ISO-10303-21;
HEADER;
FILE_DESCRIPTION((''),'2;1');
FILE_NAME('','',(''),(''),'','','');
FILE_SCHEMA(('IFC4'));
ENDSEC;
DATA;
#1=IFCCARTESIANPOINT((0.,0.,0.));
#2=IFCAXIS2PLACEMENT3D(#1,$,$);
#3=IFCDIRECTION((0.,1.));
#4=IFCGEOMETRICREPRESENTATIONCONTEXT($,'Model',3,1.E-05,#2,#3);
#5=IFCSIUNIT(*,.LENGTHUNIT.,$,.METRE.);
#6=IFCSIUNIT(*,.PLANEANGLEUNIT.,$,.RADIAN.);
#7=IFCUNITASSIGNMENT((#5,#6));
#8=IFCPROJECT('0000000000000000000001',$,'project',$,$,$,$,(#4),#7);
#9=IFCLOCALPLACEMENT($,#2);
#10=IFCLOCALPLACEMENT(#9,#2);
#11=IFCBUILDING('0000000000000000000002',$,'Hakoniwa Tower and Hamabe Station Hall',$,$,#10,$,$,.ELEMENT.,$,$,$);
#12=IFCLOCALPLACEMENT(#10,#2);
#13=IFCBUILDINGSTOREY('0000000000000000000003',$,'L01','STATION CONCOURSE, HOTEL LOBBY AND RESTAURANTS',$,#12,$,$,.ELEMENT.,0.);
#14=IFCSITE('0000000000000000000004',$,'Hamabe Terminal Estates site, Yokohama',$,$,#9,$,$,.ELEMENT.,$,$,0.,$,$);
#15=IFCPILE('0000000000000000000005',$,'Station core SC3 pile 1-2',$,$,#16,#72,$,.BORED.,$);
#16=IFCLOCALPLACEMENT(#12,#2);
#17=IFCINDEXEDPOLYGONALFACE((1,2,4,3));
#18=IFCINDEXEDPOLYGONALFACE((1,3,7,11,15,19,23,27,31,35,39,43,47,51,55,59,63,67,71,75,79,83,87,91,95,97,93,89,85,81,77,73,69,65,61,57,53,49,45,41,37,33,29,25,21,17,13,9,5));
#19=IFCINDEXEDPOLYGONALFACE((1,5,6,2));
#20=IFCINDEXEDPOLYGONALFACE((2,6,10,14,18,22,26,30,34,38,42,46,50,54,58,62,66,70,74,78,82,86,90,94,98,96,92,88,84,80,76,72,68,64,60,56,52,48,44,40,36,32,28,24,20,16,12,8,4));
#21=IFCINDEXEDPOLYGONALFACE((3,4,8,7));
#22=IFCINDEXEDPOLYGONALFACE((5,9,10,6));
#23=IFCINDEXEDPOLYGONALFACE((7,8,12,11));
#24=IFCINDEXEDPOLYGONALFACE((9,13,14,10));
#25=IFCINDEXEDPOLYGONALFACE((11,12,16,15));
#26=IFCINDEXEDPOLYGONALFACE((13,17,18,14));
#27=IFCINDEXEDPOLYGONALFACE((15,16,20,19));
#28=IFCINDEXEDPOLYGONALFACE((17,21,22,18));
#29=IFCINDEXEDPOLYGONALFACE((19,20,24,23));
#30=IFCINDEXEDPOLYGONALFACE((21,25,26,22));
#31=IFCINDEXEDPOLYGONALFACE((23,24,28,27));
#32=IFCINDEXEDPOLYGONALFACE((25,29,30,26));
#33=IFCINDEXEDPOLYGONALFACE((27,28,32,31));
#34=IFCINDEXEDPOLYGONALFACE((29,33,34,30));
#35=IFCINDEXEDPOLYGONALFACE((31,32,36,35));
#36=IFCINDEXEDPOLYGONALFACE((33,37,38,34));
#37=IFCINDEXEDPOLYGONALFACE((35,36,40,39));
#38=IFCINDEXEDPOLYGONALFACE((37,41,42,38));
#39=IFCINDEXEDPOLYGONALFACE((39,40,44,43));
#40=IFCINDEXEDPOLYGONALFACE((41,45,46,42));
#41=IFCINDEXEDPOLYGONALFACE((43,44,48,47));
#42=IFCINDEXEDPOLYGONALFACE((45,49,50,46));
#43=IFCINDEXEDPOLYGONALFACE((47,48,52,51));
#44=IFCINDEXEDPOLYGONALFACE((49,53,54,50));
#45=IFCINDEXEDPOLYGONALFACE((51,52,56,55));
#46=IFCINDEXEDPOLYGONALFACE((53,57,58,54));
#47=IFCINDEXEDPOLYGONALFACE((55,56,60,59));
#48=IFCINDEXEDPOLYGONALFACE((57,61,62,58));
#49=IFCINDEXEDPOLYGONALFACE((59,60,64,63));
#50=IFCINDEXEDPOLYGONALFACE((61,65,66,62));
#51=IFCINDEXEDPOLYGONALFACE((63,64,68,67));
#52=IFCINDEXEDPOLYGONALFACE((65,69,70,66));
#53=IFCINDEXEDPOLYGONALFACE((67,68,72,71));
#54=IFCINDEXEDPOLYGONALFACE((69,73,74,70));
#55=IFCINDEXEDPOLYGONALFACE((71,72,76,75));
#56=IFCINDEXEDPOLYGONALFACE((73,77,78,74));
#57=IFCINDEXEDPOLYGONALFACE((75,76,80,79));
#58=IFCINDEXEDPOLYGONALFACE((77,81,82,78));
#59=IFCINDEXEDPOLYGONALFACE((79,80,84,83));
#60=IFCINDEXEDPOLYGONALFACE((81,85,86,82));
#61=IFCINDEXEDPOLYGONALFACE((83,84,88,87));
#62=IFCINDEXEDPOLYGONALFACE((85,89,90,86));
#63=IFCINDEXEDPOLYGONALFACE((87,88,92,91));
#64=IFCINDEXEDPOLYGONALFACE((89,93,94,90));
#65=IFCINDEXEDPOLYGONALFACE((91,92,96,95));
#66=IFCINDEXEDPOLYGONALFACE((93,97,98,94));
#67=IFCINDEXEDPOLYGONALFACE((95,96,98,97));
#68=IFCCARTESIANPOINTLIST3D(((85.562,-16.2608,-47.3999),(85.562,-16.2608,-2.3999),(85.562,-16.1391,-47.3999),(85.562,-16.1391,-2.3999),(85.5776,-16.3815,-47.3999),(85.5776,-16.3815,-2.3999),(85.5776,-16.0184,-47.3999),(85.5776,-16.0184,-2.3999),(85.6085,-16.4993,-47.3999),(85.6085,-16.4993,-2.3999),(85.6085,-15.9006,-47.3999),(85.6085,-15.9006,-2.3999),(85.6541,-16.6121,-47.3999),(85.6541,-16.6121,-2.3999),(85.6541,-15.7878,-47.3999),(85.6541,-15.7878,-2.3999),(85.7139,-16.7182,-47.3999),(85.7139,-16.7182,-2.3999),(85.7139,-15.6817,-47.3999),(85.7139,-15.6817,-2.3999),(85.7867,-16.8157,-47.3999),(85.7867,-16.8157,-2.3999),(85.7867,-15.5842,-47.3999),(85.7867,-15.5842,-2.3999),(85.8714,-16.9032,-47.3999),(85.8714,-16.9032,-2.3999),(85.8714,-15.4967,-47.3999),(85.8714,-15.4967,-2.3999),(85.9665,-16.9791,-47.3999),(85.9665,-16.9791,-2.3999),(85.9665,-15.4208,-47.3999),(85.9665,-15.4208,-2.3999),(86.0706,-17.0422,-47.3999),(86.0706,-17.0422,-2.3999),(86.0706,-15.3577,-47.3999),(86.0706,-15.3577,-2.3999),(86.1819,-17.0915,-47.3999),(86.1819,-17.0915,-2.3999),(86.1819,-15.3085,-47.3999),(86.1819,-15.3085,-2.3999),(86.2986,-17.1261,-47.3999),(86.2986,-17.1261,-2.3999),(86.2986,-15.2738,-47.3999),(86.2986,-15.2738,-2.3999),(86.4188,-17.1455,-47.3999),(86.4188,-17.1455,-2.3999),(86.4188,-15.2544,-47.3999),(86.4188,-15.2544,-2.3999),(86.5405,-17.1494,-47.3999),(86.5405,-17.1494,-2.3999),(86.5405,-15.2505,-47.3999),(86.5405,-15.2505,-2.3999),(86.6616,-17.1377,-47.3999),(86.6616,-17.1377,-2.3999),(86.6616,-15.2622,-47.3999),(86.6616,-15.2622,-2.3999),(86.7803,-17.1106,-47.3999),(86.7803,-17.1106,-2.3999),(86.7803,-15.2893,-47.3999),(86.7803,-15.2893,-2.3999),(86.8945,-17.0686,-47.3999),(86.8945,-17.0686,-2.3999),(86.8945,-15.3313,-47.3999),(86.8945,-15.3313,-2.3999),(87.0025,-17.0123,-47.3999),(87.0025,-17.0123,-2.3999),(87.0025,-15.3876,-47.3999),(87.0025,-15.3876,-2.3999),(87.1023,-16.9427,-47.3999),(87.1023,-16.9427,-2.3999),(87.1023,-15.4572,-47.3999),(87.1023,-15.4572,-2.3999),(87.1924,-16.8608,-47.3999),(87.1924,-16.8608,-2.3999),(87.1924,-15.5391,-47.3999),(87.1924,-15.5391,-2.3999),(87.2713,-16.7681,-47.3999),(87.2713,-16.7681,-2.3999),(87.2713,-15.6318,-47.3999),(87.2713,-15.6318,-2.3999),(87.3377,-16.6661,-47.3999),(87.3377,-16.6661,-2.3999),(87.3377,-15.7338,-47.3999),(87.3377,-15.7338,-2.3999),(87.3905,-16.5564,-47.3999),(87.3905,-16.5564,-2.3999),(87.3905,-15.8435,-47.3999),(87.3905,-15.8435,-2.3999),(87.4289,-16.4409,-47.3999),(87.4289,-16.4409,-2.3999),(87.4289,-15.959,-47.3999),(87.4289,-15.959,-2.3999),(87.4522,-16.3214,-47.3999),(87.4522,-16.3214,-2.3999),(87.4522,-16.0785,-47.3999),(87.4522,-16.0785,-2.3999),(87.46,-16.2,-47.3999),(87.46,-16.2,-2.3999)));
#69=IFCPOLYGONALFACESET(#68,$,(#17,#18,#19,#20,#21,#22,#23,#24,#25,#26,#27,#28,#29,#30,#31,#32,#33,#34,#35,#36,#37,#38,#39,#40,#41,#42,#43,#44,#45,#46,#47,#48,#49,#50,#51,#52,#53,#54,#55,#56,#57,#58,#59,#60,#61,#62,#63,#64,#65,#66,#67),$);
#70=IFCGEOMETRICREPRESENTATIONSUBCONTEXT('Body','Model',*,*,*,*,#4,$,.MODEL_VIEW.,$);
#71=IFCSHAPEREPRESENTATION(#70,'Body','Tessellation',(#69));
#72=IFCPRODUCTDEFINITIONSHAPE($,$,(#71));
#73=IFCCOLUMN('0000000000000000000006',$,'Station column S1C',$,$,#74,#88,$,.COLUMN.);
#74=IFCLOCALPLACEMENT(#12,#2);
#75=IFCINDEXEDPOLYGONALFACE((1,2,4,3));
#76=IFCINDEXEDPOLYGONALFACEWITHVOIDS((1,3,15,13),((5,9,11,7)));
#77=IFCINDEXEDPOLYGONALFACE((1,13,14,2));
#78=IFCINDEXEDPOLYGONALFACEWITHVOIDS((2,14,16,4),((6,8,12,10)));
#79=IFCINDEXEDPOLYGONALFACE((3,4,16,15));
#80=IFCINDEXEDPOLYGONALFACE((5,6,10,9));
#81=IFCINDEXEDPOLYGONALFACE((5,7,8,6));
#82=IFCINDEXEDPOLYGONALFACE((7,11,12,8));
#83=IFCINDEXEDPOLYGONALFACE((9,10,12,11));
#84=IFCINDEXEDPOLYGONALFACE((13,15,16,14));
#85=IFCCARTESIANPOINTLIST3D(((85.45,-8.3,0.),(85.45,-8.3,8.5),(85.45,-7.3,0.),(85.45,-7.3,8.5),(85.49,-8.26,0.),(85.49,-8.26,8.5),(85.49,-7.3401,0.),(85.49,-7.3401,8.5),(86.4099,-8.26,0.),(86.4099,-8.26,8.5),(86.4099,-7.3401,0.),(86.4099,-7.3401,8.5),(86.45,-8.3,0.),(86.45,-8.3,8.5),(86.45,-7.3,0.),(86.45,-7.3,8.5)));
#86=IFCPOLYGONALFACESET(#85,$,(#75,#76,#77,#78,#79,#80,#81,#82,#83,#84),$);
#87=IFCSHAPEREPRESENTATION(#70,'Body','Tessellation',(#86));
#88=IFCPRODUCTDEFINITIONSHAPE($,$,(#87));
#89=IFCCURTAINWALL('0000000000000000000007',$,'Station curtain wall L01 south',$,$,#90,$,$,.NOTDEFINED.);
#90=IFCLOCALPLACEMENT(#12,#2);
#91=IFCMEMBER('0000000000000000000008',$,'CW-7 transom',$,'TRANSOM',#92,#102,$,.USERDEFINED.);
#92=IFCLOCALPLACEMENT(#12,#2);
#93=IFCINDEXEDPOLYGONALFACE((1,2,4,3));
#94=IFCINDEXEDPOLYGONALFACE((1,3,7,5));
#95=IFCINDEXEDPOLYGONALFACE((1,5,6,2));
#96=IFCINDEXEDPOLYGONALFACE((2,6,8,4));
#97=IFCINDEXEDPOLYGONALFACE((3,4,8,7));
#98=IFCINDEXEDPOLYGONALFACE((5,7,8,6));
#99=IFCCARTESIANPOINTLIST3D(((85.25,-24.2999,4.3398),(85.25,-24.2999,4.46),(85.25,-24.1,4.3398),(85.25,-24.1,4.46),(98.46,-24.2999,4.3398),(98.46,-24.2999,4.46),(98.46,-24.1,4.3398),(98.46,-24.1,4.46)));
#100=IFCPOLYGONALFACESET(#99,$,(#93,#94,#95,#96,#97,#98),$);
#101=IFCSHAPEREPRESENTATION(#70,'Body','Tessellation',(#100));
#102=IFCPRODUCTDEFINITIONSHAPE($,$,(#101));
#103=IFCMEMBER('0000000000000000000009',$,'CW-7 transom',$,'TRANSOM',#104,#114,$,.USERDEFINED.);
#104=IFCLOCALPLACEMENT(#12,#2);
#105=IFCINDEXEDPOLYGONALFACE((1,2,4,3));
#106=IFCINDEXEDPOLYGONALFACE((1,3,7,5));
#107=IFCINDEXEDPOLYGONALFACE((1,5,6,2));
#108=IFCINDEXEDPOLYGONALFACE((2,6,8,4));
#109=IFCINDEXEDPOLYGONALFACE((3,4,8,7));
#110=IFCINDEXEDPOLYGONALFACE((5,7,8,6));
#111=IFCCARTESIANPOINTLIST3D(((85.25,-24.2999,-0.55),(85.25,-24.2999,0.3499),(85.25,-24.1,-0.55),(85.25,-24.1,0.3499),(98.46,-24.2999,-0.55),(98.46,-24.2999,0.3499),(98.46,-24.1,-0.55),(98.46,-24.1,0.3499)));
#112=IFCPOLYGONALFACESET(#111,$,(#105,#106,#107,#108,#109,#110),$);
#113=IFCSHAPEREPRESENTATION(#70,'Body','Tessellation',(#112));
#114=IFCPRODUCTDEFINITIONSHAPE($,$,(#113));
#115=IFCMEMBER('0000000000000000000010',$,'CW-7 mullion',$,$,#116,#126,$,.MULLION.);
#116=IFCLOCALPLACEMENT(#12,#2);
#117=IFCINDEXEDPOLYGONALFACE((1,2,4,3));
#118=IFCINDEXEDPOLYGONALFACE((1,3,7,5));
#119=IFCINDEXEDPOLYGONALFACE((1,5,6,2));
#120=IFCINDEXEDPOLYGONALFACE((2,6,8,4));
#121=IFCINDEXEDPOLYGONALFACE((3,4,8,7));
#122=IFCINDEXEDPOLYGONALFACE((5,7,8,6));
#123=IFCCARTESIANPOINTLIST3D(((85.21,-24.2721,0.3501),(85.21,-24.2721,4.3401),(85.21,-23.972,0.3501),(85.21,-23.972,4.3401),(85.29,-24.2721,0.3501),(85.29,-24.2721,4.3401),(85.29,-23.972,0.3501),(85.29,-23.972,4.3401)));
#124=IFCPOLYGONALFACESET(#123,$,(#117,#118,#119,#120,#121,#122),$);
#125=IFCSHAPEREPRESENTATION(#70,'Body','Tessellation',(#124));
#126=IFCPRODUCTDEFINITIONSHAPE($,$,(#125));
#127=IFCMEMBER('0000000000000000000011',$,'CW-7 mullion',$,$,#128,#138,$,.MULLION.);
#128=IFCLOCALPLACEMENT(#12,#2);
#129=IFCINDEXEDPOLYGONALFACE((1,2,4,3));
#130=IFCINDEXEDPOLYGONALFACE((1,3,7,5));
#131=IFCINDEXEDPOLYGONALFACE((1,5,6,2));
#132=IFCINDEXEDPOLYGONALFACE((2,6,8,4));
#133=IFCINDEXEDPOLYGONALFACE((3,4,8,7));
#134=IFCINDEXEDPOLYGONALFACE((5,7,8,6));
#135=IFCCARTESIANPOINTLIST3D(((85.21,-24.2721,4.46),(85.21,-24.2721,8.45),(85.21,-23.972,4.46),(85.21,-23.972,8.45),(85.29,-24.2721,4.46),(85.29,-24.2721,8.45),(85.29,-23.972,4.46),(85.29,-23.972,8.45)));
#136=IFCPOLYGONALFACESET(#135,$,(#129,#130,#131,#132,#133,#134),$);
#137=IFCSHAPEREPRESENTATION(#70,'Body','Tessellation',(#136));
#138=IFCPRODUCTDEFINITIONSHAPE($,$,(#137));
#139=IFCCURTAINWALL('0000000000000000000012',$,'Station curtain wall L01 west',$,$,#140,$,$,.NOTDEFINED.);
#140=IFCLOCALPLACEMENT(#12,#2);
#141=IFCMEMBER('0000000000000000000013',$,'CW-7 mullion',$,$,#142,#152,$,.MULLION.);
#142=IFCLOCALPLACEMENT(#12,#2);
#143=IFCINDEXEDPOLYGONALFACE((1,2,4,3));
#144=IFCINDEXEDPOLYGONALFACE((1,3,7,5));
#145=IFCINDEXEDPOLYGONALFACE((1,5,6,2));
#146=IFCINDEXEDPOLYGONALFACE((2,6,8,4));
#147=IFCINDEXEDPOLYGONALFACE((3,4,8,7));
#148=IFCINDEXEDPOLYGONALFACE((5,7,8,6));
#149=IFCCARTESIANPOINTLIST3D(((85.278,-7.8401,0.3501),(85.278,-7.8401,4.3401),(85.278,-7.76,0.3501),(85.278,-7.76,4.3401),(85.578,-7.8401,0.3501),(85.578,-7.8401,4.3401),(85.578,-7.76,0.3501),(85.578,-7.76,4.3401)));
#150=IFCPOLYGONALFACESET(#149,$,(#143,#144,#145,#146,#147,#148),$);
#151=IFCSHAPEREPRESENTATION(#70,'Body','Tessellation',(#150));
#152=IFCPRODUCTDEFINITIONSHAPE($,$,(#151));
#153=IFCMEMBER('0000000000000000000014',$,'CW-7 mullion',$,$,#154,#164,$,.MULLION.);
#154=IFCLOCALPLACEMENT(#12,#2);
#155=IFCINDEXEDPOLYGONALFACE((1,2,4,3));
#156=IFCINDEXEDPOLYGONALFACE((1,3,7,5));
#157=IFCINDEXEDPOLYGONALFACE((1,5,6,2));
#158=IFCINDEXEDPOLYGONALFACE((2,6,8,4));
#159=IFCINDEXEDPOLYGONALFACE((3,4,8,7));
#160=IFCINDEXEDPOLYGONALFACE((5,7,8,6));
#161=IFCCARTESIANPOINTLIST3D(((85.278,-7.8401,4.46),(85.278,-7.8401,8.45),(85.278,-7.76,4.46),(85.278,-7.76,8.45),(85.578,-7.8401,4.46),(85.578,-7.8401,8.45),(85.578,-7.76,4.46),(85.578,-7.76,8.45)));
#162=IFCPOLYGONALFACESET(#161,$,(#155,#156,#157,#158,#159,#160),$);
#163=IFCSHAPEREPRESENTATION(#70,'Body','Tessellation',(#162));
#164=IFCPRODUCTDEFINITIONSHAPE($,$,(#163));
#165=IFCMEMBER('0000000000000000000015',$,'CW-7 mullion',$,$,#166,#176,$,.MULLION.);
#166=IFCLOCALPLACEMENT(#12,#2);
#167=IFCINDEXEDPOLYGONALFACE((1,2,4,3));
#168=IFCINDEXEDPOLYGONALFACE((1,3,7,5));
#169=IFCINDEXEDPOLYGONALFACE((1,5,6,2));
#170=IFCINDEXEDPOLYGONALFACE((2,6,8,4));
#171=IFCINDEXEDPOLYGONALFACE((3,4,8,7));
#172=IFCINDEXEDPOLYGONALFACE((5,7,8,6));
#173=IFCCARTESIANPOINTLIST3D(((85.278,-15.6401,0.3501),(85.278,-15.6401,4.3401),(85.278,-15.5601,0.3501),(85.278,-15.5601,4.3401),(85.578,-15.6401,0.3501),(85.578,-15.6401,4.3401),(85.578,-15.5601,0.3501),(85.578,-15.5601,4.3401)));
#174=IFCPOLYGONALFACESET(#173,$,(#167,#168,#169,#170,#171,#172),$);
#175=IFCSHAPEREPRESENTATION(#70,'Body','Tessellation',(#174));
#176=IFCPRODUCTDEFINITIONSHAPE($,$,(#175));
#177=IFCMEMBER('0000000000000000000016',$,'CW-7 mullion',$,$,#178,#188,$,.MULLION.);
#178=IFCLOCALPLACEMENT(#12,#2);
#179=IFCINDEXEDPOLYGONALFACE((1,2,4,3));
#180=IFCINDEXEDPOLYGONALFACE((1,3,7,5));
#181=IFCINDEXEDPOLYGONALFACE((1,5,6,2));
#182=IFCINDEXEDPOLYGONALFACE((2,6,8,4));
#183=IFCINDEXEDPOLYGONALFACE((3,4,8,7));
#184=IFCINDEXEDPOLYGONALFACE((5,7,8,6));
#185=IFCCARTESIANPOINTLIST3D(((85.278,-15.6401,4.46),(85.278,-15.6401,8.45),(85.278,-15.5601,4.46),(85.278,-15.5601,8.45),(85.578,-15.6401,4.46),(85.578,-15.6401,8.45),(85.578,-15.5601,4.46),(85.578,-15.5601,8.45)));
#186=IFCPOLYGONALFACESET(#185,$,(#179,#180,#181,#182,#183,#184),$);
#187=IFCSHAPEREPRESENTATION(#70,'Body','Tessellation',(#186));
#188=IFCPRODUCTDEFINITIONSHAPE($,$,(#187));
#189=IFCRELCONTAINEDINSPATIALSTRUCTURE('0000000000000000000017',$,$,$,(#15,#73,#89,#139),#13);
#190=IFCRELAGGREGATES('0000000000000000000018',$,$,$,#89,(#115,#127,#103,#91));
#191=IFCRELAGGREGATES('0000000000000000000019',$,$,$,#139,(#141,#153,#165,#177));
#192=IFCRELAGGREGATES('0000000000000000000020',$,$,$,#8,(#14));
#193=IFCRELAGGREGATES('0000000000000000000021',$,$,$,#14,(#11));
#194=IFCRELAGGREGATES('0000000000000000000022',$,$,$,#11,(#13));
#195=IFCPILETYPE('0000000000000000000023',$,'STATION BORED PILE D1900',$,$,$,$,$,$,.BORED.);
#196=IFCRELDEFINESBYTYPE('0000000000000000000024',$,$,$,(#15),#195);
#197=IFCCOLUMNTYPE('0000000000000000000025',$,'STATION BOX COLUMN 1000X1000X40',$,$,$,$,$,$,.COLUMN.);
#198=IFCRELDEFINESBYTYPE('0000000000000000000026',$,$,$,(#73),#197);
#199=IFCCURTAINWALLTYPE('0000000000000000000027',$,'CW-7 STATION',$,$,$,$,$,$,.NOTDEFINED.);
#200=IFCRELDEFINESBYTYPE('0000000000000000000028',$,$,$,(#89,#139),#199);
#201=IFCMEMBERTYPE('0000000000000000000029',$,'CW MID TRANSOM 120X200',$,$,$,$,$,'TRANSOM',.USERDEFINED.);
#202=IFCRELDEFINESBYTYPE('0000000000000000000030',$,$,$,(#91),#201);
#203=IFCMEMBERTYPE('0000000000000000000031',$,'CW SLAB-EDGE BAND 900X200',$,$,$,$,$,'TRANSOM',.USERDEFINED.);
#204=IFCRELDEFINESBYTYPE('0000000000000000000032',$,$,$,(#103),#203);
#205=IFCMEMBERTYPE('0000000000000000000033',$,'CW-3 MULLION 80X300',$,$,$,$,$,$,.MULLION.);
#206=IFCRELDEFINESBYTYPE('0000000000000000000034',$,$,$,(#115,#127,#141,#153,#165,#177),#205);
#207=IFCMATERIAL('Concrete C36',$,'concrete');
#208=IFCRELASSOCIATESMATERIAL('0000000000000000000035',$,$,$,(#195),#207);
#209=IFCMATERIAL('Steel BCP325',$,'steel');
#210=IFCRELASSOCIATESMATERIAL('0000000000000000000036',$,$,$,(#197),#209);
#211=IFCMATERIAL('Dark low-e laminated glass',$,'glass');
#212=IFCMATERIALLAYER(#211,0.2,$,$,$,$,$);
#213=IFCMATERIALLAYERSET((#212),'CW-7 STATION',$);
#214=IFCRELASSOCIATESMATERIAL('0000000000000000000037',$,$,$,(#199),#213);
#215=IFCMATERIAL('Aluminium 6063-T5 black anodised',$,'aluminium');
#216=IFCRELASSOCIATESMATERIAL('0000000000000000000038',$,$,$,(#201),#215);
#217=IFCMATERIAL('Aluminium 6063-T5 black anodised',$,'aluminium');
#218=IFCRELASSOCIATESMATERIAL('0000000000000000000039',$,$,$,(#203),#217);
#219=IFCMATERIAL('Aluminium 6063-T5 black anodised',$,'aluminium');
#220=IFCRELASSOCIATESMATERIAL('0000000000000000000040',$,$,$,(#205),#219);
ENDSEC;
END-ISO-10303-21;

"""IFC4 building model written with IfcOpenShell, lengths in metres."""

from ifc_helpers import new_model, si_unit, direction, frame, origin, origin_2d, place, context, subcontext, project, spatial, rectangle, hollow_rectangle, circle, extrude, material, layer, layer_set, material_profile, profile_set, type_object, element, aggregate, save


model = new_model("IFC4")

# Units and contexts
model_context = context("Model", 3, precision=1e-05, world=origin(), true_north=direction((0.0, 1.0)))
body_context = subcontext(model_context, "Body", "Model", "MODEL_VIEW")
ifc_project = project(units=[si_unit("LENGTHUNIT", "METRE"), si_unit("PLANEANGLEUNIT", "RADIAN")], contexts=[model_context])

# Site, building, storey
site_placement = place(None, origin())
site = spatial("IfcSite", under=ifc_project, at=site_placement, Name="Hamabe Terminal Estates site, Yokohama", CompositionType="ELEMENT", RefElevation=0.0)
building_placement = place(site_placement, origin())
building = spatial("IfcBuilding", under=site, at=building_placement, Name="Hakoniwa Tower and Hamabe Station Hall", CompositionType="ELEMENT")
storey_placement = place(building_placement, origin())
storey = spatial("IfcBuildingStorey", under=building, at=storey_placement, Name="L01", Description="STATION CONCOURSE, HOTEL LOBBY AND RESTAURANTS", CompositionType="ELEMENT", Elevation=0.0)

# Pile
ifc_material_1 = material(Name="Concrete C36", Category="concrete")
ifc_material_profile_1 = material_profile(ifc_material_1, circle(Radius=0.95, at=origin_2d()), Name="STATION BORED PILE D1900")
ifc_profile_set_1 = profile_set([ifc_material_profile_1], Name="Concrete C36")
pile_type_1 = type_object("IfcPileType", Name="STATION BORED PILE D1900", PredefinedType="BORED", material=ifc_profile_set_1)
for number, where, z_axis, x_axis, name in (
    (1, (86.51, -16.2, -2.3999), (0.0, 0.0, -1.0), (1.0, 0.0, 0.0), "Station core SC3 pile 1-2"),
):
    element("IfcPile", number, at=place(storey_placement, frame(where, z_axis=z_axis, x_axis=x_axis)), inside=storey, type_object=pile_type_1, Name=name, PredefinedType="BORED", context=body_context, shape_type="SweptSolid", body=[
        extrude(circle(Radius=0.95, at=origin_2d()), origin(), (0.0, 0.0, 1.0), 45.0),
    ])

# Column
ifc_material_2 = material(Name="Steel BCP325", Category="steel")
ifc_material_profile_2 = material_profile(ifc_material_2, hollow_rectangle(XDim=1.0, YDim=1.0, WallThickness=0.04, at=origin_2d()), Name="STATION BOX COLUMN 1000X1000X40")
ifc_profile_set_2 = profile_set([ifc_material_profile_2], Name="Steel BCP325")
column_type = type_object("IfcColumnType", Name="STATION BOX COLUMN 1000X1000X40", PredefinedType="COLUMN", material=ifc_profile_set_2)
column_placement = place(storey_placement, frame((85.95, -7.8, 0.0), z_axis=(0.0, 0.0, 1.0), x_axis=(1.0, 0.0, 0.0)))
element("IfcColumn", 2, at=column_placement, inside=storey, type_object=column_type, Name="Station column S1C", PredefinedType="COLUMN", context=body_context, shape_type="SweptSolid", body=[
    extrude(hollow_rectangle(XDim=1.0, YDim=1.0, WallThickness=0.04, at=origin_2d()), origin(), (0.0, 0.0, 1.0), 8.5),
])

# Curtain wall, members
ifc_material_3 = material(Name="Dark low-e laminated glass", Category="glass")
ifc_layer_1 = layer(ifc_material_3, 0.2)
ifc_layer_set_1 = layer_set([ifc_layer_1], Name="CW-7 STATION")
curtain_wall_type = type_object("IfcCurtainWallType", Name="CW-7 STATION", PredefinedType="NOTDEFINED", material=ifc_layer_set_1)
curtain_wall_1_placement = place(storey_placement, origin())
curtain_wall_1 = element("IfcCurtainWall", 3, at=curtain_wall_1_placement, inside=storey, type_object=curtain_wall_type, Name="Station curtain wall L01 south", PredefinedType="NOTDEFINED")
ifc_material_4 = material(Name="Aluminium 6063-T5 black anodised", Category="aluminium")
ifc_material_profile_3 = material_profile(ifc_material_4, rectangle(XDim=0.2, YDim=0.1201, at=origin_2d()), Name="CW MID TRANSOM 120X200")
ifc_profile_set_3 = profile_set([ifc_material_profile_3], Name="Aluminium 6063-T5 black anodised")
member_type_1 = type_object("IfcMemberType", Name="CW MID TRANSOM 120X200", ElementType="TRANSOM", PredefinedType="USERDEFINED", material=ifc_profile_set_3)
member_1_placement = place(storey_placement, frame((85.25, -24.2, 4.3999), z_axis=(1.0, 0.0, 0.0), x_axis=(0.0, 1.0, 0.0)))
member_1 = element("IfcMember", 4, at=member_1_placement, type_object=member_type_1, Name="CW-7 transom", ObjectType="TRANSOM", PredefinedType="USERDEFINED", context=body_context, shape_type="SweptSolid", body=[
    extrude(rectangle(XDim=0.2, YDim=0.1201, at=origin_2d()), origin(), (0.0, 0.0, 1.0), 13.21),
])
ifc_material_5 = material(Name="Aluminium 6063-T5 black anodised", Category="aluminium")
ifc_material_profile_4 = material_profile(ifc_material_5, rectangle(XDim=0.2, YDim=0.8999, at=origin_2d()), Name="CW SLAB-EDGE BAND 900X200")
ifc_profile_set_4 = profile_set([ifc_material_profile_4], Name="Aluminium 6063-T5 black anodised")
member_type_2 = type_object("IfcMemberType", Name="CW SLAB-EDGE BAND 900X200", ElementType="TRANSOM", PredefinedType="USERDEFINED", material=ifc_profile_set_4)
member_2_placement = place(storey_placement, frame((85.25, -24.2, -0.1001), z_axis=(1.0, 0.0, 0.0), x_axis=(0.0, 1.0, 0.0)))
member_2 = element("IfcMember", 5, at=member_2_placement, type_object=member_type_2, Name="CW-7 transom", ObjectType="TRANSOM", PredefinedType="USERDEFINED", context=body_context, shape_type="SweptSolid", body=[
    extrude(rectangle(XDim=0.2, YDim=0.8999, at=origin_2d()), origin(), (0.0, 0.0, 1.0), 13.21),
])
ifc_material_6 = material(Name="Aluminium 6063-T5 black anodised", Category="aluminium")
ifc_material_profile_5 = material_profile(ifc_material_6, rectangle(XDim=0.0801, YDim=0.3, at=origin_2d()), Name="CW-3 MULLION 80X300")
ifc_profile_set_5 = profile_set([ifc_material_profile_5], Name="Aluminium 6063-T5 black anodised")
member_type_3 = type_object("IfcMemberType", Name="CW-3 MULLION 80X300", PredefinedType="MULLION", material=ifc_profile_set_5)
member_3_placement = place(storey_placement, frame((85.25, -24.1221, 0.3501), z_axis=(0.0, 0.0, 1.0), x_axis=(1.0, 0.0, 0.0)))
member_3 = element("IfcMember", 6, at=member_3_placement, type_object=member_type_3, Name="CW-7 mullion", PredefinedType="MULLION", context=body_context, shape_type="SweptSolid", body=[
    extrude(rectangle(XDim=0.0801, YDim=0.3, at=origin_2d()), origin(), (0.0, 0.0, 1.0), 3.99),
])
member_4_placement = place(storey_placement, frame((85.25, -24.1221, 4.46), z_axis=(0.0, 0.0, 1.0), x_axis=(1.0, 0.0, 0.0)))
member_4 = element("IfcMember", 7, at=member_4_placement, type_object=member_type_3, Name="CW-7 mullion", PredefinedType="MULLION", context=body_context, shape_type="SweptSolid", body=[
    extrude(rectangle(XDim=0.0801, YDim=0.3, at=origin_2d()), origin(), (0.0, 0.0, 1.0), 3.99),
])
aggregate(curtain_wall_1, [member_3, member_4, member_2, member_1])

# Curtain wall, members
curtain_wall_2_placement = place(storey_placement, origin())
curtain_wall_2 = element("IfcCurtainWall", 8, at=curtain_wall_2_placement, inside=storey, type_object=curtain_wall_type, Name="Station curtain wall L01 west", PredefinedType="NOTDEFINED")
member_5_placement = place(storey_placement, frame((85.428, -7.8, 0.3501), z_axis=(0.0, 0.0, 1.0), x_axis=(0.0, -1.0, 0.0)))
member_5 = element("IfcMember", 9, at=member_5_placement, type_object=member_type_3, Name="CW-7 mullion", PredefinedType="MULLION", context=body_context, shape_type="SweptSolid", body=[
    extrude(rectangle(XDim=0.0801, YDim=0.3, at=origin_2d()), origin(), (0.0, 0.0, 1.0), 3.99),
])
member_6_placement = place(storey_placement, frame((85.428, -7.8, 4.46), z_axis=(0.0, 0.0, 1.0), x_axis=(0.0, -1.0, 0.0)))
member_6 = element("IfcMember", 10, at=member_6_placement, type_object=member_type_3, Name="CW-7 mullion", PredefinedType="MULLION", context=body_context, shape_type="SweptSolid", body=[
    extrude(rectangle(XDim=0.0801, YDim=0.3, at=origin_2d()), origin(), (0.0, 0.0, 1.0), 3.99),
])
member_7_placement = place(storey_placement, frame((85.428, -15.6001, 0.3501), z_axis=(0.0, 0.0, 1.0), x_axis=(0.0, -1.0, 0.0)))
member_7 = element("IfcMember", 11, at=member_7_placement, type_object=member_type_3, Name="CW-7 mullion", PredefinedType="MULLION", context=body_context, shape_type="SweptSolid", body=[
    extrude(rectangle(XDim=0.0801, YDim=0.3, at=origin_2d()), origin(), (0.0, 0.0, 1.0), 3.99),
])
member_8_placement = place(storey_placement, frame((85.428, -15.6001, 4.46), z_axis=(0.0, 0.0, 1.0), x_axis=(0.0, -1.0, 0.0)))
member_8 = element("IfcMember", 12, at=member_8_placement, type_object=member_type_3, Name="CW-7 mullion", PredefinedType="MULLION", context=body_context, shape_type="SweptSolid", body=[
    extrude(rectangle(XDim=0.0801, YDim=0.3, at=origin_2d()), origin(), (0.0, 0.0, 1.0), 3.99),
])
aggregate(curtain_wall_2, [member_5, member_6, member_7, member_8])

save(model, "model.ifc")
